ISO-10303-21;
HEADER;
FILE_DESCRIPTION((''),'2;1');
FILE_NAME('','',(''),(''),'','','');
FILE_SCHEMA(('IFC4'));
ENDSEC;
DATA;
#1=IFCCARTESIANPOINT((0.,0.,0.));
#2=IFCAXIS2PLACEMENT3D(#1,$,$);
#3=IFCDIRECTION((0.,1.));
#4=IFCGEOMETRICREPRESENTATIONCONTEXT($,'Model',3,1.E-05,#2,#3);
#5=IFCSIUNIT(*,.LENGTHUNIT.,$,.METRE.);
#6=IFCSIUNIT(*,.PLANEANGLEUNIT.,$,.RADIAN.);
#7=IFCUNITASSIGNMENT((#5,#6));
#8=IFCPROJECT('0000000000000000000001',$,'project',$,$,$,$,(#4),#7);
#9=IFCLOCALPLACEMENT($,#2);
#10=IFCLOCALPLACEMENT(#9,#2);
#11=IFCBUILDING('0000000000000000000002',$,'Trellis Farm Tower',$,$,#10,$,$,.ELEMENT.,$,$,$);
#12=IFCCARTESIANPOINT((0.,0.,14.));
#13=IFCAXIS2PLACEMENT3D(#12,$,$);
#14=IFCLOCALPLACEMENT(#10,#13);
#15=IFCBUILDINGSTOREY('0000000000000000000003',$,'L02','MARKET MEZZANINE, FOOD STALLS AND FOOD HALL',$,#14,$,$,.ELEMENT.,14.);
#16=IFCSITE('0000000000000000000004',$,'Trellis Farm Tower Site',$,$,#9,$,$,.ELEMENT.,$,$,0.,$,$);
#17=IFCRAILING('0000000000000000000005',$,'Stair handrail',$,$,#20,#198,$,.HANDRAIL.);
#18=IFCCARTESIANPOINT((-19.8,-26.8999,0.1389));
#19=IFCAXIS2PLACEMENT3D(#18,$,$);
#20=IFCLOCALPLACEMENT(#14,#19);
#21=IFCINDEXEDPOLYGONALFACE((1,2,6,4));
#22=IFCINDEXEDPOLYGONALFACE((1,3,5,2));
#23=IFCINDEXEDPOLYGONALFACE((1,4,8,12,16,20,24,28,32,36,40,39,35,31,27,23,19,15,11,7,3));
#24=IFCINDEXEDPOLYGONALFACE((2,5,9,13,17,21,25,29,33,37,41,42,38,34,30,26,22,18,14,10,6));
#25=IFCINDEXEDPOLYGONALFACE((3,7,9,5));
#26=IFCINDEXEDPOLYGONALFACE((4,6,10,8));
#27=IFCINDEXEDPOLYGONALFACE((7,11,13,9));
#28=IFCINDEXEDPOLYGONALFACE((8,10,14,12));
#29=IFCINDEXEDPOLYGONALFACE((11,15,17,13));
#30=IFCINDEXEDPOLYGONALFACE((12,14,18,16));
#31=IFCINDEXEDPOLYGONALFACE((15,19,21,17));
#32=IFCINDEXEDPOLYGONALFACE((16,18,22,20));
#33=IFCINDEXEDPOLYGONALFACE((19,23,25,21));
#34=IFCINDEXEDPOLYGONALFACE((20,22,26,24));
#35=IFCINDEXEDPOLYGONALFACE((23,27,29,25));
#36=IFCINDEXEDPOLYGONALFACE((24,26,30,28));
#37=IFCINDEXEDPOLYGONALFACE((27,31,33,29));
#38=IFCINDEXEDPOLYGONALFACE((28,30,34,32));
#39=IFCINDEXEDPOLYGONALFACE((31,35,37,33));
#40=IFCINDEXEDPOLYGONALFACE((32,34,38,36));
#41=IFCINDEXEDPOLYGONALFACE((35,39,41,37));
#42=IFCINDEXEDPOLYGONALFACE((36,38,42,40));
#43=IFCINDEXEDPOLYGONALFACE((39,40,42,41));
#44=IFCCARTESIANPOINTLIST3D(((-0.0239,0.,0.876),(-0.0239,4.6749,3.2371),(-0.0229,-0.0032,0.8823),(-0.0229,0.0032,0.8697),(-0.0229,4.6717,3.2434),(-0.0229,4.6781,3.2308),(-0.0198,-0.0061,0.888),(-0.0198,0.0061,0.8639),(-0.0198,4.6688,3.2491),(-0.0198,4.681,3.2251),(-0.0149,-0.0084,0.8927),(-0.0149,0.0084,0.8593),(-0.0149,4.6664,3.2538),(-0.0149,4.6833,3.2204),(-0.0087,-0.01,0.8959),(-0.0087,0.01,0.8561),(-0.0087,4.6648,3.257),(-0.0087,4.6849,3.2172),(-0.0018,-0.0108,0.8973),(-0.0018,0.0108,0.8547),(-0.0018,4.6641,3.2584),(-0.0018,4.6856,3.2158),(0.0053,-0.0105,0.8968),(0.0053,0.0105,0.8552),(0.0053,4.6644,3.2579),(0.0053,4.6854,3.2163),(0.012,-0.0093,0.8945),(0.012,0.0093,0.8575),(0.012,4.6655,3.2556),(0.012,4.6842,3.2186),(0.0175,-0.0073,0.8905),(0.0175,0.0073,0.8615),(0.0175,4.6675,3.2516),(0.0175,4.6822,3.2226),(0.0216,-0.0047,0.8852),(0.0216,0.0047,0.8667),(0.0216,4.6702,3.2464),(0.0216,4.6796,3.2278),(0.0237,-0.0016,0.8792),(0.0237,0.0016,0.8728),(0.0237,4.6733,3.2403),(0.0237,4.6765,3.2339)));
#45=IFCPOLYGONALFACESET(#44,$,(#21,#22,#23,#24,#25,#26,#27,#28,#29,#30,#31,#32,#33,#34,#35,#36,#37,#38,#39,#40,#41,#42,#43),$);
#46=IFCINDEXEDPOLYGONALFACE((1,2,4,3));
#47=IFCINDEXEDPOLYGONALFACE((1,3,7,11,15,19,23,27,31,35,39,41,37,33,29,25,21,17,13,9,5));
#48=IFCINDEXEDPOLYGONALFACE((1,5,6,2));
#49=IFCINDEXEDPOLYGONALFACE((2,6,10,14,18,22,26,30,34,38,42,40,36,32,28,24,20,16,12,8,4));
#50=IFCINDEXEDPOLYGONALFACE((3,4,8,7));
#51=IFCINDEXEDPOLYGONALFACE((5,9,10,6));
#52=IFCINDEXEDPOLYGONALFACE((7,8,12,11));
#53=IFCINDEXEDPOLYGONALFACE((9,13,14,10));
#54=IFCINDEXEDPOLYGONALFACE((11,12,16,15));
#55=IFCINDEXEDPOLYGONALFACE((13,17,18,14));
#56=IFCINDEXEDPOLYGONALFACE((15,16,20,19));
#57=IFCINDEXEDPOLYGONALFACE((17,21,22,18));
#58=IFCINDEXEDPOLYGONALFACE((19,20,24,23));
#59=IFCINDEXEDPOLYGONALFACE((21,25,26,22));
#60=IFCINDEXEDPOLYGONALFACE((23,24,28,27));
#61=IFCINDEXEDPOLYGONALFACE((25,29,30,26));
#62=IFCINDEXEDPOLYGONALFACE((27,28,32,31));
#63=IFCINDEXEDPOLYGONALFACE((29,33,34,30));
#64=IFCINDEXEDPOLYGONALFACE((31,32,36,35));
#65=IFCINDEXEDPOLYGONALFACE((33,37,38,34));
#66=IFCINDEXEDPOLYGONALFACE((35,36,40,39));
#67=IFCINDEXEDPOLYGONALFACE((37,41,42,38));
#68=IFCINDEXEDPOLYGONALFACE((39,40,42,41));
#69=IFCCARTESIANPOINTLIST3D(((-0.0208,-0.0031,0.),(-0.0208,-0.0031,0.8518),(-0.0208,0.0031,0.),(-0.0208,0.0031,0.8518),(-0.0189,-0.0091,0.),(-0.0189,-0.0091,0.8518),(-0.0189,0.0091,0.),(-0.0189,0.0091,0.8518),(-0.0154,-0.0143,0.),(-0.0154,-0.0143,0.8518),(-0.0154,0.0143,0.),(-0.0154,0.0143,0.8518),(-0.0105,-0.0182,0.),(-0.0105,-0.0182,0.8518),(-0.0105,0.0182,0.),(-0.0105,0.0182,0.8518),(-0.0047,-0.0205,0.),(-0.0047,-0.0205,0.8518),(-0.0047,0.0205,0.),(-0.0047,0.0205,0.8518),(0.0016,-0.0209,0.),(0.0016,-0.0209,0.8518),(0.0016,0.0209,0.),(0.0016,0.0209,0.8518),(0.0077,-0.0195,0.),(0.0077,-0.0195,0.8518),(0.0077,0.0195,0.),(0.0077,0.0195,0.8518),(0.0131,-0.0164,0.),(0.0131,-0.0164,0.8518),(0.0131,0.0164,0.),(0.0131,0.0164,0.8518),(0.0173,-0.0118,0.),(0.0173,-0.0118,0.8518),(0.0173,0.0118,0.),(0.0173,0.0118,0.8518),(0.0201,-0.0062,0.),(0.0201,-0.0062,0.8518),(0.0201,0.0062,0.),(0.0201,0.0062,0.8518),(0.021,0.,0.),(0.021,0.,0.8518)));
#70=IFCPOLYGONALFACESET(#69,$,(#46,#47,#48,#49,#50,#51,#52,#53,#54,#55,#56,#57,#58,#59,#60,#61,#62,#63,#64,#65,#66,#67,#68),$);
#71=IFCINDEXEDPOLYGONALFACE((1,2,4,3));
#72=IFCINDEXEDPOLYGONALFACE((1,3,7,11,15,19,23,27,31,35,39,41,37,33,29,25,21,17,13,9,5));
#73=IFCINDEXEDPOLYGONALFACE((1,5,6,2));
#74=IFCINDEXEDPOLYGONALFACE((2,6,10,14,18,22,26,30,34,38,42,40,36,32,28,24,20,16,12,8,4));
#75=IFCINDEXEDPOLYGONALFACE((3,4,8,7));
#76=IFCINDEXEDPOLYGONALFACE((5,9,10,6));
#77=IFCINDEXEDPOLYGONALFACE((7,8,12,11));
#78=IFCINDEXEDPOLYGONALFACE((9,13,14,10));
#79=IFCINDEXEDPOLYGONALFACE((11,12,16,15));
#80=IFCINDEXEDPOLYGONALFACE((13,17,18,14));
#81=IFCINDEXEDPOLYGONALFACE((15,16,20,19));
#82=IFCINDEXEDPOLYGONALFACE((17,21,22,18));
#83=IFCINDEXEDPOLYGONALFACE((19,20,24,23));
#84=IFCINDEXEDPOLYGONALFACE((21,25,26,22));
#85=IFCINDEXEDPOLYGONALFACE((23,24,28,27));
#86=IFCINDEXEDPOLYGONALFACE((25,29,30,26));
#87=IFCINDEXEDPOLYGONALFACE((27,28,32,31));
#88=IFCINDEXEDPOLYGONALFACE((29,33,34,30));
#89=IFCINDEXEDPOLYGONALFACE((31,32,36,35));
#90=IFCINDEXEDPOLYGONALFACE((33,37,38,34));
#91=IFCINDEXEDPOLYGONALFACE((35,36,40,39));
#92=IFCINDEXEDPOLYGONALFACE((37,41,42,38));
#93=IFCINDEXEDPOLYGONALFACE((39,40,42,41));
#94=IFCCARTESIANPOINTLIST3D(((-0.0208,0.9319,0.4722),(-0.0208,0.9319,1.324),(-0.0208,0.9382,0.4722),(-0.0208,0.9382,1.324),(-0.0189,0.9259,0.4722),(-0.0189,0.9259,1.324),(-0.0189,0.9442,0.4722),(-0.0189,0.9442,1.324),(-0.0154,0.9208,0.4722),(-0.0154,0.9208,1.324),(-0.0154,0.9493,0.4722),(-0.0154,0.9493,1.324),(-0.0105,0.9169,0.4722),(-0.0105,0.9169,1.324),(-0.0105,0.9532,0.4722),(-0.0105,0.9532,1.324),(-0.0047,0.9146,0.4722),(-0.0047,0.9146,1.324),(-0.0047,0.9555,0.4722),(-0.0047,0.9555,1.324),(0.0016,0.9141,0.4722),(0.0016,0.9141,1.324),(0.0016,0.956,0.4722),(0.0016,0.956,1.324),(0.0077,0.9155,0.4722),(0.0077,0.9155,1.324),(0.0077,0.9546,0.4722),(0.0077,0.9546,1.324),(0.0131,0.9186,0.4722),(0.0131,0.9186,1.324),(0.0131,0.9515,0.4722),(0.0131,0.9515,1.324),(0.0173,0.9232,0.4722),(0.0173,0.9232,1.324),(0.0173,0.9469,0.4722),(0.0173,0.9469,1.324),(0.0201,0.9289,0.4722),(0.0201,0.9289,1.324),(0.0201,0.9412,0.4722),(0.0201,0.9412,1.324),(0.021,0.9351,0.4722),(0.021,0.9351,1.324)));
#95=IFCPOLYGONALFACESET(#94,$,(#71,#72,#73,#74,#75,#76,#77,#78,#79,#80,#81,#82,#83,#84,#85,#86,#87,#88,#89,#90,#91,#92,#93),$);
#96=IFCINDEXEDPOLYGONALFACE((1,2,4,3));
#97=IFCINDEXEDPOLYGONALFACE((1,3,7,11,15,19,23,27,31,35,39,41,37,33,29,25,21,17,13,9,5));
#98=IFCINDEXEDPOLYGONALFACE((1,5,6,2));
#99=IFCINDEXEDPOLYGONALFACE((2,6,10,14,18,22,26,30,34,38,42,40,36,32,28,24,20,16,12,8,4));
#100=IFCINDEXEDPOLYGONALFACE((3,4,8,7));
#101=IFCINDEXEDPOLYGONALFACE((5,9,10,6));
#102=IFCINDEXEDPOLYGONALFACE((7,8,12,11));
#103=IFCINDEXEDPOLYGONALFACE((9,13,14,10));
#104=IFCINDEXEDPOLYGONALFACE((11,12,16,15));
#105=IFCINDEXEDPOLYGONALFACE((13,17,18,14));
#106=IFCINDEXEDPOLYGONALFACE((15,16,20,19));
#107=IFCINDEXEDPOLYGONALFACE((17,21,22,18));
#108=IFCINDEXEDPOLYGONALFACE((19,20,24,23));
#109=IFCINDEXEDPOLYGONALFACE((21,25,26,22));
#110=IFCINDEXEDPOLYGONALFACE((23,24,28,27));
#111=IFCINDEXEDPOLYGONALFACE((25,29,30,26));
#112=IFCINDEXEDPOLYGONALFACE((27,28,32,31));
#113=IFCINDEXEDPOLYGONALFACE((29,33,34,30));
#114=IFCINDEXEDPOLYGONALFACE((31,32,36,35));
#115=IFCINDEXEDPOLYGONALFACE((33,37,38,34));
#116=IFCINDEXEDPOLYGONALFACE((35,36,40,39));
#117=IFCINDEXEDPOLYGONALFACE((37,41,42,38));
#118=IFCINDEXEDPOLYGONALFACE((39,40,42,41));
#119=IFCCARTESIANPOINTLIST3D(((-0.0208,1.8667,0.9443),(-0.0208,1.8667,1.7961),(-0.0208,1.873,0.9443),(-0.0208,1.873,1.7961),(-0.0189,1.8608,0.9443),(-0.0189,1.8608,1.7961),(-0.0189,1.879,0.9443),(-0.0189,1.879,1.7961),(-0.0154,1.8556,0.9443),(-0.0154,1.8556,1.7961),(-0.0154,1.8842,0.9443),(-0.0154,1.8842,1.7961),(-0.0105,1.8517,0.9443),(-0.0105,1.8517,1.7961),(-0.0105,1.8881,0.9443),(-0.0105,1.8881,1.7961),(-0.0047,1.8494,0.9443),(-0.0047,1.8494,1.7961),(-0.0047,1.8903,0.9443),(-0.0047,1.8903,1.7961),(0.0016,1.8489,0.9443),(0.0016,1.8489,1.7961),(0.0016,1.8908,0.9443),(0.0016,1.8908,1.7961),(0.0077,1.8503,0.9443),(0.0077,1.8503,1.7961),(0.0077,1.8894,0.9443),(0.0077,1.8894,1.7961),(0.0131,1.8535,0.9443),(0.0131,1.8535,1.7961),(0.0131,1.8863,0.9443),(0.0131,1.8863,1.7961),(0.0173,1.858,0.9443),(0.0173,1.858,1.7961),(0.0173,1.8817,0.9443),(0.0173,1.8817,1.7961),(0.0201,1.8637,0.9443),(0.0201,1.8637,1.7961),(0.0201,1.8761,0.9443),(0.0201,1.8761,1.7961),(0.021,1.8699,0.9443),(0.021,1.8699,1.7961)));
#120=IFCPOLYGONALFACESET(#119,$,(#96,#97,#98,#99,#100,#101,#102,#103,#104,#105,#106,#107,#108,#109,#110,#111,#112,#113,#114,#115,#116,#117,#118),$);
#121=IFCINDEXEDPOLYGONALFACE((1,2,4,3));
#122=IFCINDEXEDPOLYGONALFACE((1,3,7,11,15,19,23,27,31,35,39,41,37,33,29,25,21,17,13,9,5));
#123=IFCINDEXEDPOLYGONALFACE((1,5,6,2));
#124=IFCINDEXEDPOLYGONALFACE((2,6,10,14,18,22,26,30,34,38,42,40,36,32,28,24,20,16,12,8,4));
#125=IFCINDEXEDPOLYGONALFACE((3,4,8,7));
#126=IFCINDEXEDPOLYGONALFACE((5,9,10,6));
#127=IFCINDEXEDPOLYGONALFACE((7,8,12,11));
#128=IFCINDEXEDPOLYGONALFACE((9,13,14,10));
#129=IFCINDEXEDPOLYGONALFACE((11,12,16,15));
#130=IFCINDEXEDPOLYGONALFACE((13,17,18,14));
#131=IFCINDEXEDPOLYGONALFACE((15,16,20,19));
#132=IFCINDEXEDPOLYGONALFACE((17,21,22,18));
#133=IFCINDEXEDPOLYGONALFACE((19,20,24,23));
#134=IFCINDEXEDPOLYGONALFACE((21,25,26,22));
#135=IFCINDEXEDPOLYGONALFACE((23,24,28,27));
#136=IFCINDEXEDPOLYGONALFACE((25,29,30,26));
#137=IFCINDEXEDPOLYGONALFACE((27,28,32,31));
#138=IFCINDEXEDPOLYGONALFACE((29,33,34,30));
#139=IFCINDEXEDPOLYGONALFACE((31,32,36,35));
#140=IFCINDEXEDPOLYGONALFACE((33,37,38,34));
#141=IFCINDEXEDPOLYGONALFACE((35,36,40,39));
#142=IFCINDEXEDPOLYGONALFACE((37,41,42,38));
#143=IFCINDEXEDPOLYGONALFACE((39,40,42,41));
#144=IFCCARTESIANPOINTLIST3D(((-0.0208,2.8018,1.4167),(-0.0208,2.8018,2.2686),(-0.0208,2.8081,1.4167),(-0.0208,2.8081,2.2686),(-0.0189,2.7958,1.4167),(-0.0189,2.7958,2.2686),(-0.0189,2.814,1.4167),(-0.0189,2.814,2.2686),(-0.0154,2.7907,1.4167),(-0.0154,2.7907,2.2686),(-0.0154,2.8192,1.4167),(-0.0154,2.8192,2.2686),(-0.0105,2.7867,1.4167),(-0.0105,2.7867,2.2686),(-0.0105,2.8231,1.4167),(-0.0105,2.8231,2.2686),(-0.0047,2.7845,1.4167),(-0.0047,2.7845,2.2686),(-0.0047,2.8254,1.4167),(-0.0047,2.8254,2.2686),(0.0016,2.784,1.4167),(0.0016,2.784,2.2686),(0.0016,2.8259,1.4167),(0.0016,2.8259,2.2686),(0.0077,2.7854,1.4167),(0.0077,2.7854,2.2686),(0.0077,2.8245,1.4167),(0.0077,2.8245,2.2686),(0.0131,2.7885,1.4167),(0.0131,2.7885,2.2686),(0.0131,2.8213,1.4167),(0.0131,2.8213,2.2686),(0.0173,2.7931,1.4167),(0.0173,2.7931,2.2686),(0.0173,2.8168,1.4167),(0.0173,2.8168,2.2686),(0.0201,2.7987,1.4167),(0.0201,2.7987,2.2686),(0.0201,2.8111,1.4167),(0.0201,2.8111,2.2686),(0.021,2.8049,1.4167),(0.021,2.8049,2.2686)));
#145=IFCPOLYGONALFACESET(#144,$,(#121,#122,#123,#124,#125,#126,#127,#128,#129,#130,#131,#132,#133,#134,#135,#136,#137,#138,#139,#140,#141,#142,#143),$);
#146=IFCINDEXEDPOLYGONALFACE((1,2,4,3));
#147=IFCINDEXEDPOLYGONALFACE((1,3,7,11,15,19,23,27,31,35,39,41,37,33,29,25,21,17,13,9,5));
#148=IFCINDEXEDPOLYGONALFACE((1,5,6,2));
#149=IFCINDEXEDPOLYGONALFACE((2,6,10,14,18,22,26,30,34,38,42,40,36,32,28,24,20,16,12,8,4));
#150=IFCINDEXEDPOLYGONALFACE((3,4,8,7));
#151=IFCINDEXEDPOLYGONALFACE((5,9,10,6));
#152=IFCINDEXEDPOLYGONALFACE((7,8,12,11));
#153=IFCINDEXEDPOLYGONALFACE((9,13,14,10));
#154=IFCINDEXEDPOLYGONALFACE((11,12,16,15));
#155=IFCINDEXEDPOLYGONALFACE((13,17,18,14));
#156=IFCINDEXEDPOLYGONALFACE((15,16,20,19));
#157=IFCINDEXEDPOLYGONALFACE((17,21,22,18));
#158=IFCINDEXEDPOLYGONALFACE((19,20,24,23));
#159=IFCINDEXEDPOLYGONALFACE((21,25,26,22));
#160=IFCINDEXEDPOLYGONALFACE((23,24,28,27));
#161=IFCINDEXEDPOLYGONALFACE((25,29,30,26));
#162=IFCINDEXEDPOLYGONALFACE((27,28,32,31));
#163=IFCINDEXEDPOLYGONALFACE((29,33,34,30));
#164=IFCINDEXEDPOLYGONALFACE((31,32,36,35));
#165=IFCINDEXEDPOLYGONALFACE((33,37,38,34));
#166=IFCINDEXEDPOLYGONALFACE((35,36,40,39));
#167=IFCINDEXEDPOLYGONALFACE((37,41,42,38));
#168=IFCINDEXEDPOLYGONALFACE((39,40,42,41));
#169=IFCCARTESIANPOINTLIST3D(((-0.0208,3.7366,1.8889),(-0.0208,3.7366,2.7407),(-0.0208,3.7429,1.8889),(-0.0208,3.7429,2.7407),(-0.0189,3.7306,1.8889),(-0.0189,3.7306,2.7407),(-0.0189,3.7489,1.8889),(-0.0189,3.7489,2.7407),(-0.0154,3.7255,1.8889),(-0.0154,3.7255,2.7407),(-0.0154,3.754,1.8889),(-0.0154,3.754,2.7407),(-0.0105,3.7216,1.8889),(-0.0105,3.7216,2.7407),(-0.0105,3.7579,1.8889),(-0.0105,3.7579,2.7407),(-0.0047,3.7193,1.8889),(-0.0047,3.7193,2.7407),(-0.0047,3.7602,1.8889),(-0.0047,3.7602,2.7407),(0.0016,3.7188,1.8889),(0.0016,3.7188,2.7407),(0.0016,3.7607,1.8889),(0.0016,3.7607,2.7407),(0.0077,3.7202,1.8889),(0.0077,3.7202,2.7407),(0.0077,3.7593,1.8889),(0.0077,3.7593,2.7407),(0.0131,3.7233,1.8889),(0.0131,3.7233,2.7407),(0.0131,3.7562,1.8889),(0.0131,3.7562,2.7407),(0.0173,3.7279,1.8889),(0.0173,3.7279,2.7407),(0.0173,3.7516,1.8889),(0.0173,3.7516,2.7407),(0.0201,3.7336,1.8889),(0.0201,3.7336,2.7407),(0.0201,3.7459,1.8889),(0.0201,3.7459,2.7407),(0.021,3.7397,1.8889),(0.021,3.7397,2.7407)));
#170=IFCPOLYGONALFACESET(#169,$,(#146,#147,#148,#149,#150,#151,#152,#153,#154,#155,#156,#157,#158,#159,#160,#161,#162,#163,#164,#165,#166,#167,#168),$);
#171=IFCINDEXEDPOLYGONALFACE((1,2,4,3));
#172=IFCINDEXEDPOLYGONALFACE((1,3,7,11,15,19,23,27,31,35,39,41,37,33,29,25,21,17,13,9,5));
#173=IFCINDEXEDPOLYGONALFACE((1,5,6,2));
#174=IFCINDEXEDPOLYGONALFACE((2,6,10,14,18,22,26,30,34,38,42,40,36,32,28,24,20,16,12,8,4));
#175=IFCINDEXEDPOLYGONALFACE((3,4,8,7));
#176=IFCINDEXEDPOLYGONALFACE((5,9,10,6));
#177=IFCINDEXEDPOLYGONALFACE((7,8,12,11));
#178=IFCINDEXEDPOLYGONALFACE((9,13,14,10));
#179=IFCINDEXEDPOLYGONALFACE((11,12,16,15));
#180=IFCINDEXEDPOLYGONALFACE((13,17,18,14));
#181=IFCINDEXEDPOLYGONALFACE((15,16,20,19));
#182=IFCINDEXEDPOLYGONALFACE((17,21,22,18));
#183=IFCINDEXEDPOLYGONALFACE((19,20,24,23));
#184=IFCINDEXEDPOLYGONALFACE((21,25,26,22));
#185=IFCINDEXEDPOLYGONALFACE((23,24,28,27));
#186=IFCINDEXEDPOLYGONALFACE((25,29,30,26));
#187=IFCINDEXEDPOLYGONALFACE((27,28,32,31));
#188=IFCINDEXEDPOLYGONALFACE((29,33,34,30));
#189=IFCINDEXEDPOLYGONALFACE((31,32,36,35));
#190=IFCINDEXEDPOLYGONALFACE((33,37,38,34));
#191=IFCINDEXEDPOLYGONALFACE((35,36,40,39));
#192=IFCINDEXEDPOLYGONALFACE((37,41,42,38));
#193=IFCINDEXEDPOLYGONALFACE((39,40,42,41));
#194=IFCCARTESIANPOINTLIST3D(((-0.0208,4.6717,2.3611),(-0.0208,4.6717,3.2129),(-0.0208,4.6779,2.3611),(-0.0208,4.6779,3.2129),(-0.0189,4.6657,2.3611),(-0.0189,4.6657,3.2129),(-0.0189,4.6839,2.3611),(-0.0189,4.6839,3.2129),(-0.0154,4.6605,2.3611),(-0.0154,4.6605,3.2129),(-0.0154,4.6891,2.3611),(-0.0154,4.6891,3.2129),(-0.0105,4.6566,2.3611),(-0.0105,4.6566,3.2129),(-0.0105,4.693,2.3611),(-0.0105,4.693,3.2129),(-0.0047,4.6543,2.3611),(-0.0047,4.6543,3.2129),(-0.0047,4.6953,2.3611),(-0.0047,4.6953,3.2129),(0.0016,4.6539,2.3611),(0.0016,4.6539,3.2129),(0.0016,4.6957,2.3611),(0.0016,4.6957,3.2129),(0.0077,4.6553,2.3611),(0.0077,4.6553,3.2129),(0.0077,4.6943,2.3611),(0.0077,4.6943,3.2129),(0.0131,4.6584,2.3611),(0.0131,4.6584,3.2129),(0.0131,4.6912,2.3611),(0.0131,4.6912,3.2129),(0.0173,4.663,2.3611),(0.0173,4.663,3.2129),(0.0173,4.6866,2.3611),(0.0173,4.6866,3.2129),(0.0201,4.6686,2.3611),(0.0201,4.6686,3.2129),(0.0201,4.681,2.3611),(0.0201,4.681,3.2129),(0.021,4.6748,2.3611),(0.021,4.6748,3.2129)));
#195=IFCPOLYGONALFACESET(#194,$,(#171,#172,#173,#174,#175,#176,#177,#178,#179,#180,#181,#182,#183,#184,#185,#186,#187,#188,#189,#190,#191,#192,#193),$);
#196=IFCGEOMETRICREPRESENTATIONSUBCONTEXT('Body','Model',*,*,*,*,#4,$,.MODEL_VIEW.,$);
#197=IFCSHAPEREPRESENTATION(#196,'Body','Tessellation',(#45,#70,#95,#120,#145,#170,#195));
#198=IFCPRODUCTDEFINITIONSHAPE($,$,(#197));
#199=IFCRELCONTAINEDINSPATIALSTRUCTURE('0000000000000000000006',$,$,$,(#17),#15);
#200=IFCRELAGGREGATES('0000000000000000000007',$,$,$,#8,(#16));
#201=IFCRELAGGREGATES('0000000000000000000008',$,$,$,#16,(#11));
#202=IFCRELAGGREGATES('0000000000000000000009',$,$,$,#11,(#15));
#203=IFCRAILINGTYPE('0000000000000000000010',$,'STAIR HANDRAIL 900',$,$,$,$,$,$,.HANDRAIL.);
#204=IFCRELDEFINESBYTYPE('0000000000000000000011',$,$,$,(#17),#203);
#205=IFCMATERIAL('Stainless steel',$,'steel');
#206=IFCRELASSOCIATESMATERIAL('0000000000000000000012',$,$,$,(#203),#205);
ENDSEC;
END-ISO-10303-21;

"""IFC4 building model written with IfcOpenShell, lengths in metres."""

from ifc_helpers import new_model, si_unit, direction, frame, origin, origin_2d, place, context, subcontext, project, spatial, circle, extrude, source, transform, mapped, material, type_object, element, save


model = new_model("IFC4")

# Units and contexts
model_context = context("Model", 3, precision=1e-05, world=origin(), true_north=direction((0.0, 1.0)))
body_context = subcontext(model_context, "Body", "Model", "MODEL_VIEW")
ifc_project = project(units=[si_unit("LENGTHUNIT", "METRE"), si_unit("PLANEANGLEUNIT", "RADIAN")], contexts=[model_context])

# Site, building, storey
site_placement = place(None, origin())
site = spatial("IfcSite", under=ifc_project, at=site_placement, Name="Trellis Farm Tower Site", CompositionType="ELEMENT", RefElevation=0.0)
building_placement = place(site_placement, origin())
building = spatial("IfcBuilding", under=site, at=building_placement, Name="Trellis Farm Tower", CompositionType="ELEMENT")
storey_placement = place(building_placement, frame((0.0, 0.0, 14.0)))
storey = spatial("IfcBuildingStorey", under=building, at=storey_placement, Name="L02", Description="MARKET MEZZANINE, FOOD STALLS AND FOOD HALL", CompositionType="ELEMENT", Elevation=14.0)

# Railing
ifc_material_1 = material(Name="Stainless steel", Category="steel")
railing_type = type_object("IfcRailingType", Name="STAIR HANDRAIL 900", PredefinedType="HANDRAIL", material=ifc_material_1)
shared_shape_1 = source(origin(), body_context, "Body", "SweptSolid", [
    extrude(circle(Radius=0.0239, at=origin_2d()), frame((0.0, 0.0, 0.876), z_axis=(0.0, 0.892611, 0.450827), x_axis=(-1.0, 0.0, 0.0)), (0.0, 0.0, 1.0), 5.2373),
    extrude(circle(Radius=0.021, at=origin_2d()), origin(), (0.0, 0.0, 1.0), 0.8518),
    extrude(circle(Radius=0.021, at=origin_2d()), frame((0.0, 0.9351, 0.4722)), (0.0, 0.0, 1.0), 0.8518),
    extrude(circle(Radius=0.021, at=origin_2d()), frame((0.0, 1.8699, 0.9443)), (0.0, 0.0, 1.0), 0.8518),
    extrude(circle(Radius=0.021, at=origin_2d()), frame((0.0, 2.8049, 1.4167)), (0.0, 0.0, 1.0), 0.8518),
    extrude(circle(Radius=0.021, at=origin_2d()), frame((0.0, 3.7397, 1.8889)), (0.0, 0.0, 1.0), 0.8518),
    extrude(circle(Radius=0.021, at=origin_2d()), frame((0.0, 4.6748, 2.3611)), (0.0, 0.0, 1.0), 0.8518),
])
railing_placement = place(storey_placement, frame((-19.8, -26.8999, 0.1389)))
element("IfcRailing", 1, at=railing_placement, inside=storey, type_object=railing_type, Name="Stair handrail", PredefinedType="HANDRAIL", context=body_context, shape_type="MappedRepresentation", body=[
    mapped(shared_shape_1, transform((0.0, 0.0, 0.0))),
])

save(model, "model.ifc")
